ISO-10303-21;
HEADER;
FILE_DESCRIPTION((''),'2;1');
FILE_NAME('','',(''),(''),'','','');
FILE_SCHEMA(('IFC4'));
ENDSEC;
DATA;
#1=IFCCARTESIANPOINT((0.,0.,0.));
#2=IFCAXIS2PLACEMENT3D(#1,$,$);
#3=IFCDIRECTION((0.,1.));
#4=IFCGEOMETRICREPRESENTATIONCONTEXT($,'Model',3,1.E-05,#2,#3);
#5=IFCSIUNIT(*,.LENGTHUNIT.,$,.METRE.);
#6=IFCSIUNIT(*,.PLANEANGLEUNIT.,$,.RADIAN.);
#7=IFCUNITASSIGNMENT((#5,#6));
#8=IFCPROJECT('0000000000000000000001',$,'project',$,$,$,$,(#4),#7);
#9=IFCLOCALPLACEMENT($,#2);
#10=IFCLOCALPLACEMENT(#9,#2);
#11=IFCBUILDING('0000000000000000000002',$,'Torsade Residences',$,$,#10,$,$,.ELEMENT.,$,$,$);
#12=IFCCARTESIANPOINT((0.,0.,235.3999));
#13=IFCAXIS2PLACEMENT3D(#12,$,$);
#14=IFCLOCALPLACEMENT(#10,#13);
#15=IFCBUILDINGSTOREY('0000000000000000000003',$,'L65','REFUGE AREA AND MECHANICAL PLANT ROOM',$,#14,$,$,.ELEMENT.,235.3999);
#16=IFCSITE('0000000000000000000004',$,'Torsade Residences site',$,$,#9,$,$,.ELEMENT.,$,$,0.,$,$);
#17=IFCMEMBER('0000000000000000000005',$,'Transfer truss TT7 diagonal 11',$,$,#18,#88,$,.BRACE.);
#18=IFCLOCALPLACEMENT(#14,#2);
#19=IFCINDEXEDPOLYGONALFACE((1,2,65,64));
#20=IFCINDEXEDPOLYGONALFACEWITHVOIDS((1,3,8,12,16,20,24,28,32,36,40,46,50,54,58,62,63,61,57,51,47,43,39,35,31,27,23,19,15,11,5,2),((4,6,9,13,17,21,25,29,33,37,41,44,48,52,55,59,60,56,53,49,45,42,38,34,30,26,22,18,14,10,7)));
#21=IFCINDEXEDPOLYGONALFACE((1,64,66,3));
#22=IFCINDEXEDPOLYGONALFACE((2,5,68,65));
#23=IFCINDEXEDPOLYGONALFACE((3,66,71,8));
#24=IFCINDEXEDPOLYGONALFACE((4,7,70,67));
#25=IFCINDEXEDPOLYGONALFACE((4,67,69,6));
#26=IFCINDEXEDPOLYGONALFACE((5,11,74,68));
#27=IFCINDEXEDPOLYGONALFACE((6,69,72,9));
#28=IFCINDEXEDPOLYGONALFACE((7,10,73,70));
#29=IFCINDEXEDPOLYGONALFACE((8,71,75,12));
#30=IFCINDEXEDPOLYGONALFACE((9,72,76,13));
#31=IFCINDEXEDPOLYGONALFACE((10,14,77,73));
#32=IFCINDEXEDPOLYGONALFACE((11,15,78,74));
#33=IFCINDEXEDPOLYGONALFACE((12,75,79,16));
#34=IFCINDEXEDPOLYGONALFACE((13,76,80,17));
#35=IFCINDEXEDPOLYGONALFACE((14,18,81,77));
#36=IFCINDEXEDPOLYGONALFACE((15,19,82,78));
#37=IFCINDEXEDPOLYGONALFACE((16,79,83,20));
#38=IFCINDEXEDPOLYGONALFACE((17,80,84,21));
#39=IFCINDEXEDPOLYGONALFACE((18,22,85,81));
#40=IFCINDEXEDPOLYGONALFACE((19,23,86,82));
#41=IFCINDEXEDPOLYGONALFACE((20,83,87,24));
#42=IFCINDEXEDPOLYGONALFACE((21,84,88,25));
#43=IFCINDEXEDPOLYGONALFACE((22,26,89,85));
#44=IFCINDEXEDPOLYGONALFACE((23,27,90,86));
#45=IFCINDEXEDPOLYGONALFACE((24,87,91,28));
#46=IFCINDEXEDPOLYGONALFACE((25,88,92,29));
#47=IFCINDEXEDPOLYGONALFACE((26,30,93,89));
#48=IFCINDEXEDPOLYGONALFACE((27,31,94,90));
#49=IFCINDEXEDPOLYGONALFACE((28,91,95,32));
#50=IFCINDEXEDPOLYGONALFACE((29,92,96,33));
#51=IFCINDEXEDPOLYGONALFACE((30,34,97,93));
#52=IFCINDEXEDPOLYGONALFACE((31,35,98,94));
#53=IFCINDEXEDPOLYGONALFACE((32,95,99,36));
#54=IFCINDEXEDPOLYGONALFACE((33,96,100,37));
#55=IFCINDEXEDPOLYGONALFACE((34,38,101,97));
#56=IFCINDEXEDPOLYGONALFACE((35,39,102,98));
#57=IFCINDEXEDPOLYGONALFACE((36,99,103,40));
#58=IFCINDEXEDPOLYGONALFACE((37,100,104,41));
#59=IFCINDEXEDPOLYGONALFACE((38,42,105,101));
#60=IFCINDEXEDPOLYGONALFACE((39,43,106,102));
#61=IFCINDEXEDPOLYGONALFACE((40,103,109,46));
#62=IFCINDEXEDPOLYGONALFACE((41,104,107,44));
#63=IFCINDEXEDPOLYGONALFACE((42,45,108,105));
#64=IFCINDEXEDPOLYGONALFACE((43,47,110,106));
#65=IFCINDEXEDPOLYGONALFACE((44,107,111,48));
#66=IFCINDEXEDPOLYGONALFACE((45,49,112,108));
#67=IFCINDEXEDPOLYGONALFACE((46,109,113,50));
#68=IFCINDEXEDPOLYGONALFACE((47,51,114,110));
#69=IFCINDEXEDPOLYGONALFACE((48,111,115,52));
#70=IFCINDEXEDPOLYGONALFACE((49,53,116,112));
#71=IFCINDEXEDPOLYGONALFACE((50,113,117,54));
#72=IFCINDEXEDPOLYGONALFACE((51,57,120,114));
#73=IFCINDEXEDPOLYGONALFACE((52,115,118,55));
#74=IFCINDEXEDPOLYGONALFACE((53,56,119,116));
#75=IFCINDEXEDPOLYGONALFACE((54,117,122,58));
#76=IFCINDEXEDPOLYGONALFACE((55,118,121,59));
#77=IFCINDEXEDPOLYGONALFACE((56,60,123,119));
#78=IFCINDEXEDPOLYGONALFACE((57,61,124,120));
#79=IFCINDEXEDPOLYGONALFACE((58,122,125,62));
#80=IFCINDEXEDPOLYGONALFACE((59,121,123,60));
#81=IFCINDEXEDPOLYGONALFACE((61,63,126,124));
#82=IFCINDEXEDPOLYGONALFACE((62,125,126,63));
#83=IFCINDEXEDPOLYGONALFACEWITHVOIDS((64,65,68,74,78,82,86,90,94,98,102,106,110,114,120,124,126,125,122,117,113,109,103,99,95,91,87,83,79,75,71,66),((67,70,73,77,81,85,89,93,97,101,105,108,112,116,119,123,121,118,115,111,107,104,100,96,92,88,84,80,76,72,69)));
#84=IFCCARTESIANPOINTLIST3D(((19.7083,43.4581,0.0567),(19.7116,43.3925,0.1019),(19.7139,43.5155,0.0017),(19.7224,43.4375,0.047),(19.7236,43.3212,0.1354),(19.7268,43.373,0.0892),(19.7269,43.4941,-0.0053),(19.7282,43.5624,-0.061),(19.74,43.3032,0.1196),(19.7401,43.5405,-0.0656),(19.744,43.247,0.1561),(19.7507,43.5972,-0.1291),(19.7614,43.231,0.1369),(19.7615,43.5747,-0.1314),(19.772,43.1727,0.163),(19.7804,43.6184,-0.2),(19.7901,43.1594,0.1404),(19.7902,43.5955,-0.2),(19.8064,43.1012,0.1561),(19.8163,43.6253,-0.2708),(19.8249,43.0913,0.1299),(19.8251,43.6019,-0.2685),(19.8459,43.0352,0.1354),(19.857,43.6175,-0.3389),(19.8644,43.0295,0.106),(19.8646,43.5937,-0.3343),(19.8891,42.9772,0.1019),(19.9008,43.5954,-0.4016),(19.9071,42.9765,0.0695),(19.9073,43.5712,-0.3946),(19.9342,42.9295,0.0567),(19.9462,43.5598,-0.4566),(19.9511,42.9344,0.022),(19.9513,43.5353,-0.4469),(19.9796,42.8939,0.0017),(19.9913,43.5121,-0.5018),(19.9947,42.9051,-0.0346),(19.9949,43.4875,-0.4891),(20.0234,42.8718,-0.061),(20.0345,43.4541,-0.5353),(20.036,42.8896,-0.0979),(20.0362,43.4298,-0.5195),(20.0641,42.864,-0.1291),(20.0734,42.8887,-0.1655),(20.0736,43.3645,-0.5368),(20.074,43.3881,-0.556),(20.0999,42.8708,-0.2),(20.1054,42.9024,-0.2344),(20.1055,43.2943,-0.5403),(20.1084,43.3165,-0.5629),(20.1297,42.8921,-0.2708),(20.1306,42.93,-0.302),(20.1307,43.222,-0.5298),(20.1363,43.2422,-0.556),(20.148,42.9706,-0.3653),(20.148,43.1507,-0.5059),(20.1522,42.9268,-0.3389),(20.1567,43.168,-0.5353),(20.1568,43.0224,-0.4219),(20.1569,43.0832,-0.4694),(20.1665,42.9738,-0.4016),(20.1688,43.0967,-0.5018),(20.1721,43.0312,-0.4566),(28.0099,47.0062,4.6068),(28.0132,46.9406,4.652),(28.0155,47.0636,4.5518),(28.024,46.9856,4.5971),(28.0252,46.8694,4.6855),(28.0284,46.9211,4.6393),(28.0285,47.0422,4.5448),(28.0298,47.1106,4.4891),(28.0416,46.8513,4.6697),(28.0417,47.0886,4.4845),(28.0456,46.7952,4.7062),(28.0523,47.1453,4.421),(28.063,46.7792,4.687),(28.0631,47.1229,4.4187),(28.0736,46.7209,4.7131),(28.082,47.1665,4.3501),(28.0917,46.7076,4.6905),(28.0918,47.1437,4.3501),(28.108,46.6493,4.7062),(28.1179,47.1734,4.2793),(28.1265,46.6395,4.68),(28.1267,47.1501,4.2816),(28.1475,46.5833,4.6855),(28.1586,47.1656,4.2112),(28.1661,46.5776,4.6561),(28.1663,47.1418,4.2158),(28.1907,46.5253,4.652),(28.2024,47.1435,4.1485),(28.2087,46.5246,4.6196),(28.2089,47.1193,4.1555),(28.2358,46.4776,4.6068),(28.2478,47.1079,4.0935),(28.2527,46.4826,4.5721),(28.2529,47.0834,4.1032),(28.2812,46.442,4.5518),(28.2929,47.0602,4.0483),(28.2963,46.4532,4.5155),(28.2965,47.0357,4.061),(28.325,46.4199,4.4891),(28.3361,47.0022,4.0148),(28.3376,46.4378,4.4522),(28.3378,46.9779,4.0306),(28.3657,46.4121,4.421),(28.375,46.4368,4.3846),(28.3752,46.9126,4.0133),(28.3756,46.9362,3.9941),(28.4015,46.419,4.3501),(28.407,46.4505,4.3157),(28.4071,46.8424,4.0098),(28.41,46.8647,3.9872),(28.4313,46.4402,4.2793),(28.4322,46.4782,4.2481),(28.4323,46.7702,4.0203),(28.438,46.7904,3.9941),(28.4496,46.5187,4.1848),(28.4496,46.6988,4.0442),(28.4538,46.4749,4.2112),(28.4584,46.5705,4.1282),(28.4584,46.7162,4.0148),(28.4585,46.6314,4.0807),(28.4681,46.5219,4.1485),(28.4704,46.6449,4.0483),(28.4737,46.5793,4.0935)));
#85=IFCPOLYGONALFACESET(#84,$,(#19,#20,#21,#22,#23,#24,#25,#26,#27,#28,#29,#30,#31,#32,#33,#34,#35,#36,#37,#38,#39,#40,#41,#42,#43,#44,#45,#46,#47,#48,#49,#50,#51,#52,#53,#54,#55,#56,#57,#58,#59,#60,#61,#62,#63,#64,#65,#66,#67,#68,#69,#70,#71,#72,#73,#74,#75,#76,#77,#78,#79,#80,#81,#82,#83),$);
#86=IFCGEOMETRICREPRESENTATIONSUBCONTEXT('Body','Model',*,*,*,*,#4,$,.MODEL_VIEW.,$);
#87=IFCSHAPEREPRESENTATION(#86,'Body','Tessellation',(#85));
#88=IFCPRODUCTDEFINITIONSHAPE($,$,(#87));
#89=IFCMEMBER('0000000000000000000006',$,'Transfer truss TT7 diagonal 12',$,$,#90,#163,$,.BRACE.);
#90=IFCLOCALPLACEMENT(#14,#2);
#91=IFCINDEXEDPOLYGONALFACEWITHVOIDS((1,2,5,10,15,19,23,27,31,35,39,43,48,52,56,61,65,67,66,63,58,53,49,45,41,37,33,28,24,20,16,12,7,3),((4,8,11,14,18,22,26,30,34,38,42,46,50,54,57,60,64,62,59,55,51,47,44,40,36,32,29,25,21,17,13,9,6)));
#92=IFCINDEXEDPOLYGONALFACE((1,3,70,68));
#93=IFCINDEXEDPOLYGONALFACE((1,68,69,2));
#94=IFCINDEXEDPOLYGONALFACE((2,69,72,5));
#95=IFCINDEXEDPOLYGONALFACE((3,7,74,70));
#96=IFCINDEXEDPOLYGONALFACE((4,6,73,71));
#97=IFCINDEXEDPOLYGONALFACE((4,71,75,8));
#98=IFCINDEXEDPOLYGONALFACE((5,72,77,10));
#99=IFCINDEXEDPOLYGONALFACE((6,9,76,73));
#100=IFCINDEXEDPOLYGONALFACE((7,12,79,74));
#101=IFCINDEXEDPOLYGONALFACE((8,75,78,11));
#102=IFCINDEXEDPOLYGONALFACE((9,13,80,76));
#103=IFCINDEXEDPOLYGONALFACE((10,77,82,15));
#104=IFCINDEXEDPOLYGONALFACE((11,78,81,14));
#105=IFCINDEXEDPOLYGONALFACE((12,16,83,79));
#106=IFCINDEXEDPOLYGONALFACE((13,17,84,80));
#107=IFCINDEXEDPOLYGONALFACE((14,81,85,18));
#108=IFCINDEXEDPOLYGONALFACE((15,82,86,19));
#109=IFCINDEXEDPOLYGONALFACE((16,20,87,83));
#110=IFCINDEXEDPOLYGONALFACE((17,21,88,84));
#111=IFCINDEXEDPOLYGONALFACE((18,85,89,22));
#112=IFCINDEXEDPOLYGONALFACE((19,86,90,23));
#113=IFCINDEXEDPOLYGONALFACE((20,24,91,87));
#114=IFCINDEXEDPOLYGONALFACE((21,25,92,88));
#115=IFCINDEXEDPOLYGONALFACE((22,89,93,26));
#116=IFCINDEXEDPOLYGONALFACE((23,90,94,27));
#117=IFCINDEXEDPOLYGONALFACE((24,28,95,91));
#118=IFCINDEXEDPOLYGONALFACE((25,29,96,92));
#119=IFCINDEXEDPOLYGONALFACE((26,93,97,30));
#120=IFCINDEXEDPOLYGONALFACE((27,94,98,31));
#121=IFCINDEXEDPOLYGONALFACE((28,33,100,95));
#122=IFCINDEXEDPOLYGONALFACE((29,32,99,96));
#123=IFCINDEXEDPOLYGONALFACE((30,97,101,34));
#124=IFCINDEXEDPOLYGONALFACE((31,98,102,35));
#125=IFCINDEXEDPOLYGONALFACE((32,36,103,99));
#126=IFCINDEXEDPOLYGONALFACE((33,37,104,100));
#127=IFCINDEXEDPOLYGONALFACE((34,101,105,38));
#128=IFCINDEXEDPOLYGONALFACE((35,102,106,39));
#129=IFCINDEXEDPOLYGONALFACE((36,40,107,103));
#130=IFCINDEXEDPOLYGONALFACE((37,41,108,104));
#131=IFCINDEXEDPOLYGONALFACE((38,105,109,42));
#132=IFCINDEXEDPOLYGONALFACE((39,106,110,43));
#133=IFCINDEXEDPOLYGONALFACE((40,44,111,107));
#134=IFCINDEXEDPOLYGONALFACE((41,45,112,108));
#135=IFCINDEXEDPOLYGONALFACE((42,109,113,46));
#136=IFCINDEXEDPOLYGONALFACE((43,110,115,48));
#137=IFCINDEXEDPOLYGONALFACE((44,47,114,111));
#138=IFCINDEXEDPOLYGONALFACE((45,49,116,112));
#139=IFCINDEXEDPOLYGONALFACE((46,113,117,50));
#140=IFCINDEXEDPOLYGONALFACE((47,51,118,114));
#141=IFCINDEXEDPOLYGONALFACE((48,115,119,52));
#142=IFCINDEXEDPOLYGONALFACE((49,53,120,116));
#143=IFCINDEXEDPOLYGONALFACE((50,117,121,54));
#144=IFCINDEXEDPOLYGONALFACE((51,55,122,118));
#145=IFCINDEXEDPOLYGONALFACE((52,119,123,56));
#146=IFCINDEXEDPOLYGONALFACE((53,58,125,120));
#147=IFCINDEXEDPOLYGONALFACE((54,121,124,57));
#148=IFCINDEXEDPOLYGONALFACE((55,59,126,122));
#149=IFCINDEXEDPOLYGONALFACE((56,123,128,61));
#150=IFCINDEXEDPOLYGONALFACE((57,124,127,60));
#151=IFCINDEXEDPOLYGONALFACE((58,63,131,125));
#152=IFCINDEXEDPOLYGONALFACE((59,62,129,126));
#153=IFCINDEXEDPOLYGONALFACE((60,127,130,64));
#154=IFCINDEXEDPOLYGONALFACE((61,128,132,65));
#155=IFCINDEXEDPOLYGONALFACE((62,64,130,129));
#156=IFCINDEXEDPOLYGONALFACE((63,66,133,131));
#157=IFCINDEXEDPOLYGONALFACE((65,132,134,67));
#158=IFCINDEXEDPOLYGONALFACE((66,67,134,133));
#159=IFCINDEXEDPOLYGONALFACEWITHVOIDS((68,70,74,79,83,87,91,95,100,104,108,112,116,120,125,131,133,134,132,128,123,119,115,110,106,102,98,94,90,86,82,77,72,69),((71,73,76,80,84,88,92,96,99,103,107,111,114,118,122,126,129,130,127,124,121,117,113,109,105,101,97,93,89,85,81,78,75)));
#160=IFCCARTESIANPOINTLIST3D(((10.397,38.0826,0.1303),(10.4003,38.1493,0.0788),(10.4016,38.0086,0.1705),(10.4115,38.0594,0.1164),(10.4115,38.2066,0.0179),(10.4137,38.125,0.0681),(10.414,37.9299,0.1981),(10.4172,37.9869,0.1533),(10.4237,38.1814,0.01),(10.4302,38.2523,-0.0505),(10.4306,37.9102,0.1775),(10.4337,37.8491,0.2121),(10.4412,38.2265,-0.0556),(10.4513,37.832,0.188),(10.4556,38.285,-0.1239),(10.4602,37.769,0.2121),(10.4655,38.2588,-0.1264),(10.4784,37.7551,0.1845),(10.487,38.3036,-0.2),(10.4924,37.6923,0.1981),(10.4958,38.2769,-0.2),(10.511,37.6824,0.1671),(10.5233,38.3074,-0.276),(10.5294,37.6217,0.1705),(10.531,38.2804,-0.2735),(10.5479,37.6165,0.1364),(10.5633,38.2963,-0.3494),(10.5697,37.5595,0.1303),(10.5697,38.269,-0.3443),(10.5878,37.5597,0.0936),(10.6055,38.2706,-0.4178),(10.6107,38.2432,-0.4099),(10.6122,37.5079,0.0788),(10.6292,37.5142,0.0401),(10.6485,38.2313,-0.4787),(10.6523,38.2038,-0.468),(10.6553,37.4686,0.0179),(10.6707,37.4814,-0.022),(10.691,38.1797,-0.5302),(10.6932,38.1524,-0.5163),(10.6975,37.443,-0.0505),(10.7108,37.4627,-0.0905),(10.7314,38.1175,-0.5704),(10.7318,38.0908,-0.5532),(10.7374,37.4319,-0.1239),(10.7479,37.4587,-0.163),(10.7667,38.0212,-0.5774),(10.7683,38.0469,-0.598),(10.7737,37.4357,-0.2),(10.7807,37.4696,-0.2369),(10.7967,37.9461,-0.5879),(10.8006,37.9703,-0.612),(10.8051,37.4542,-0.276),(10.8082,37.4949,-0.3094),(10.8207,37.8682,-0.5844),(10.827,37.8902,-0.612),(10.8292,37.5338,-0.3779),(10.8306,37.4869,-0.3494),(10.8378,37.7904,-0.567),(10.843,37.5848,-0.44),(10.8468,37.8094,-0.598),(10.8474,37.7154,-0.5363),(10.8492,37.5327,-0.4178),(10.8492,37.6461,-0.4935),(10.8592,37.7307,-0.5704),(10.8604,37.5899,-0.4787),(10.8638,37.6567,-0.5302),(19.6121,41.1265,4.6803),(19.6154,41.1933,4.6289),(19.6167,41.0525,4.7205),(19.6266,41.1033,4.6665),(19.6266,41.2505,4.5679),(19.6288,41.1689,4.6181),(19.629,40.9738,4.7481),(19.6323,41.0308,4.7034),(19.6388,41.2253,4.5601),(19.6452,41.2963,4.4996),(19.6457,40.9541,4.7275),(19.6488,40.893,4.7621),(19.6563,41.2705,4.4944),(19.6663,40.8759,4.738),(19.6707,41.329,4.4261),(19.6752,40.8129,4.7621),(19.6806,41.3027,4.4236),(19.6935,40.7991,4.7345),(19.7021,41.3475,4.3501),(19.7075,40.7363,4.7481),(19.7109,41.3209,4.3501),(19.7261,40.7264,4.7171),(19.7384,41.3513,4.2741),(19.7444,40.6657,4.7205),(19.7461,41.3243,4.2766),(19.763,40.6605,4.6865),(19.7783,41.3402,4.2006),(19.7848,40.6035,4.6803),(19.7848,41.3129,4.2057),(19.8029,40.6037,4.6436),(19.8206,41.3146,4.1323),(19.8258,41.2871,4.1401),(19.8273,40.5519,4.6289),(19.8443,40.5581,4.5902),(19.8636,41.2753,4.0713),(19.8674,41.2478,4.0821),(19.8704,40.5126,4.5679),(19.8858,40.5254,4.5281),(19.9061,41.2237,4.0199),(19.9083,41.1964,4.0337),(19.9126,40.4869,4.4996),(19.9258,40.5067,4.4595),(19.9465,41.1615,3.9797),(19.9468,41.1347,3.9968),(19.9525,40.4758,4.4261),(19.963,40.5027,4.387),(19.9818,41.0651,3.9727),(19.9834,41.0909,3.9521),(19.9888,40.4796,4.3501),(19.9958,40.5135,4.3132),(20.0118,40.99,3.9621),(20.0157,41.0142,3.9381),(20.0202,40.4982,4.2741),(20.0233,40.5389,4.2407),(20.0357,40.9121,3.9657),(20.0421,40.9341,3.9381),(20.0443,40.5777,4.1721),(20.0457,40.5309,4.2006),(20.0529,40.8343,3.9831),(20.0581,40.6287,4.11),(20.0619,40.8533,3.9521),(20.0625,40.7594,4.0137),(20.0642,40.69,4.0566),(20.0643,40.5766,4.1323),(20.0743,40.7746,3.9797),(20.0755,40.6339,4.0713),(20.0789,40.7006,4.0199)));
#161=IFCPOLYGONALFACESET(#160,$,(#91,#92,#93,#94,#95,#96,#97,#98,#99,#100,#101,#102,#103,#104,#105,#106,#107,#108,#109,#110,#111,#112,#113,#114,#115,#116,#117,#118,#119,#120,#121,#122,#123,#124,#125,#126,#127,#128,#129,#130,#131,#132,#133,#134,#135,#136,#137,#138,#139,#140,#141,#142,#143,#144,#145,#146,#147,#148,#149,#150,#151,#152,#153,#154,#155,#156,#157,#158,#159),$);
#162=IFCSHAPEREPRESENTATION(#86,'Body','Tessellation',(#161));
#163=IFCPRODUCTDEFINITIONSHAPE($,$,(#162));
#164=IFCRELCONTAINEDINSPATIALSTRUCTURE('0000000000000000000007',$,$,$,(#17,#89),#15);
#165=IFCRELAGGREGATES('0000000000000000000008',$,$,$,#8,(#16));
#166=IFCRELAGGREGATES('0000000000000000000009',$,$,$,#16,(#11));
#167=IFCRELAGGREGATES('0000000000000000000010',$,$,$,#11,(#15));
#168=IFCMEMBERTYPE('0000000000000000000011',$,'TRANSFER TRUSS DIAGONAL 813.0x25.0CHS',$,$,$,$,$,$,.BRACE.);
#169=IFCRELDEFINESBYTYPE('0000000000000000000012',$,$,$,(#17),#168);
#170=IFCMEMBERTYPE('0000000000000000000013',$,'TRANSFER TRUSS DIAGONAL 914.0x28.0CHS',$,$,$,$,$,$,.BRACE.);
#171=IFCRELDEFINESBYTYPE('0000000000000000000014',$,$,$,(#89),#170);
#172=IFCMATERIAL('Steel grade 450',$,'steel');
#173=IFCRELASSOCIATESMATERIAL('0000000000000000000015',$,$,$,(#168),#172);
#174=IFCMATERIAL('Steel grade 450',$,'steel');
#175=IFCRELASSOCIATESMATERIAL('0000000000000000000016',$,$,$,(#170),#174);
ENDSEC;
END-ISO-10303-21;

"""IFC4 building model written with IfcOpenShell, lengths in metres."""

from ifc_helpers import new_model, si_unit, direction, frame, origin, origin_2d, place, context, subcontext, project, spatial, hollow_circle, extrude, material, material_profile, profile_set, type_object, element, save


model = new_model("IFC4")

# Units and contexts
model_context = context("Model", 3, precision=1e-05, world=origin(), true_north=direction((0.0, 1.0)))
body_context = subcontext(model_context, "Body", "Model", "MODEL_VIEW")
ifc_project = project(units=[si_unit("LENGTHUNIT", "METRE"), si_unit("PLANEANGLEUNIT", "RADIAN")], contexts=[model_context])

# Site, building, storey
site_placement = place(None, origin())
site = spatial("IfcSite", under=ifc_project, at=site_placement, Name="Torsade Residences site", CompositionType="ELEMENT", RefElevation=0.0)
building_placement = place(site_placement, origin())
building = spatial("IfcBuilding", under=site, at=building_placement, Name="Torsade Residences", CompositionType="ELEMENT")
storey_placement = place(building_placement, frame((0.0, 0.0, 235.3999)))
storey = spatial("IfcBuildingStorey", under=building, at=storey_placement, Name="L65", Description="REFUGE AREA AND MECHANICAL PLANT ROOM", CompositionType="ELEMENT", Elevation=235.3999)

# Members
ifc_material_1 = material(Name="Steel grade 450", Category="steel")
ifc_material_profile_1 = material_profile(ifc_material_1, hollow_circle(Radius=0.4065, WallThickness=0.0249, at=origin_2d()), Name="813.0x25.0CHS")
ifc_profile_set_1 = profile_set([ifc_material_profile_1], Name="Steel grade 450")
member_type_1 = type_object("IfcMemberType", Name="TRANSFER TRUSS DIAGONAL 813.0x25.0CHS", PredefinedType="BRACE", material=ifc_profile_set_1)
member_1_placement = place(storey_placement, frame((19.9402, 43.2446, -0.2), z_axis=(0.821139, 0.350958, 0.450065), x_axis=(-0.393012, 0.919533, 0.0)))
element("IfcMember", 1, at=member_1_placement, inside=storey, type_object=member_type_1, Name="Transfer truss TT7 diagonal 11", PredefinedType="BRACE", context=body_context, shape_type="SweptSolid", body=[
    extrude(hollow_circle(Radius=0.4065, WallThickness=0.0249, at=origin_2d()), origin(), (0.0, 0.0, 1.0), 10.1099),
])
ifc_material_2 = material(Name="Steel grade 450", Category="steel")
ifc_material_profile_2 = material_profile(ifc_material_2, hollow_circle(Radius=0.457, WallThickness=0.0281, at=origin_2d()), Name="914.0x28.0CHS")
ifc_profile_set_2 = profile_set([ifc_material_profile_2], Name="Steel grade 450")
member_type_2 = type_object("IfcMemberType", Name="TRANSFER TRUSS DIAGONAL 914.0x28.0CHS", PredefinedType="BRACE", material=ifc_profile_set_2)
member_2_placement = place(storey_placement, frame((10.6304, 37.8696, -0.2), z_axis=(0.859736, 0.28399, 0.424504), x_axis=(-0.313653, 0.949538, 0.0)))
element("IfcMember", 2, at=member_2_placement, inside=storey, type_object=member_type_2, Name="Transfer truss TT7 diagonal 12", PredefinedType="BRACE", context=body_context, shape_type="SweptSolid", body=[
    extrude(hollow_circle(Radius=0.457, WallThickness=0.0281, at=origin_2d()), origin(), (0.0, 0.0, 1.0), 10.7185),
])

save(model, "model.ifc")
